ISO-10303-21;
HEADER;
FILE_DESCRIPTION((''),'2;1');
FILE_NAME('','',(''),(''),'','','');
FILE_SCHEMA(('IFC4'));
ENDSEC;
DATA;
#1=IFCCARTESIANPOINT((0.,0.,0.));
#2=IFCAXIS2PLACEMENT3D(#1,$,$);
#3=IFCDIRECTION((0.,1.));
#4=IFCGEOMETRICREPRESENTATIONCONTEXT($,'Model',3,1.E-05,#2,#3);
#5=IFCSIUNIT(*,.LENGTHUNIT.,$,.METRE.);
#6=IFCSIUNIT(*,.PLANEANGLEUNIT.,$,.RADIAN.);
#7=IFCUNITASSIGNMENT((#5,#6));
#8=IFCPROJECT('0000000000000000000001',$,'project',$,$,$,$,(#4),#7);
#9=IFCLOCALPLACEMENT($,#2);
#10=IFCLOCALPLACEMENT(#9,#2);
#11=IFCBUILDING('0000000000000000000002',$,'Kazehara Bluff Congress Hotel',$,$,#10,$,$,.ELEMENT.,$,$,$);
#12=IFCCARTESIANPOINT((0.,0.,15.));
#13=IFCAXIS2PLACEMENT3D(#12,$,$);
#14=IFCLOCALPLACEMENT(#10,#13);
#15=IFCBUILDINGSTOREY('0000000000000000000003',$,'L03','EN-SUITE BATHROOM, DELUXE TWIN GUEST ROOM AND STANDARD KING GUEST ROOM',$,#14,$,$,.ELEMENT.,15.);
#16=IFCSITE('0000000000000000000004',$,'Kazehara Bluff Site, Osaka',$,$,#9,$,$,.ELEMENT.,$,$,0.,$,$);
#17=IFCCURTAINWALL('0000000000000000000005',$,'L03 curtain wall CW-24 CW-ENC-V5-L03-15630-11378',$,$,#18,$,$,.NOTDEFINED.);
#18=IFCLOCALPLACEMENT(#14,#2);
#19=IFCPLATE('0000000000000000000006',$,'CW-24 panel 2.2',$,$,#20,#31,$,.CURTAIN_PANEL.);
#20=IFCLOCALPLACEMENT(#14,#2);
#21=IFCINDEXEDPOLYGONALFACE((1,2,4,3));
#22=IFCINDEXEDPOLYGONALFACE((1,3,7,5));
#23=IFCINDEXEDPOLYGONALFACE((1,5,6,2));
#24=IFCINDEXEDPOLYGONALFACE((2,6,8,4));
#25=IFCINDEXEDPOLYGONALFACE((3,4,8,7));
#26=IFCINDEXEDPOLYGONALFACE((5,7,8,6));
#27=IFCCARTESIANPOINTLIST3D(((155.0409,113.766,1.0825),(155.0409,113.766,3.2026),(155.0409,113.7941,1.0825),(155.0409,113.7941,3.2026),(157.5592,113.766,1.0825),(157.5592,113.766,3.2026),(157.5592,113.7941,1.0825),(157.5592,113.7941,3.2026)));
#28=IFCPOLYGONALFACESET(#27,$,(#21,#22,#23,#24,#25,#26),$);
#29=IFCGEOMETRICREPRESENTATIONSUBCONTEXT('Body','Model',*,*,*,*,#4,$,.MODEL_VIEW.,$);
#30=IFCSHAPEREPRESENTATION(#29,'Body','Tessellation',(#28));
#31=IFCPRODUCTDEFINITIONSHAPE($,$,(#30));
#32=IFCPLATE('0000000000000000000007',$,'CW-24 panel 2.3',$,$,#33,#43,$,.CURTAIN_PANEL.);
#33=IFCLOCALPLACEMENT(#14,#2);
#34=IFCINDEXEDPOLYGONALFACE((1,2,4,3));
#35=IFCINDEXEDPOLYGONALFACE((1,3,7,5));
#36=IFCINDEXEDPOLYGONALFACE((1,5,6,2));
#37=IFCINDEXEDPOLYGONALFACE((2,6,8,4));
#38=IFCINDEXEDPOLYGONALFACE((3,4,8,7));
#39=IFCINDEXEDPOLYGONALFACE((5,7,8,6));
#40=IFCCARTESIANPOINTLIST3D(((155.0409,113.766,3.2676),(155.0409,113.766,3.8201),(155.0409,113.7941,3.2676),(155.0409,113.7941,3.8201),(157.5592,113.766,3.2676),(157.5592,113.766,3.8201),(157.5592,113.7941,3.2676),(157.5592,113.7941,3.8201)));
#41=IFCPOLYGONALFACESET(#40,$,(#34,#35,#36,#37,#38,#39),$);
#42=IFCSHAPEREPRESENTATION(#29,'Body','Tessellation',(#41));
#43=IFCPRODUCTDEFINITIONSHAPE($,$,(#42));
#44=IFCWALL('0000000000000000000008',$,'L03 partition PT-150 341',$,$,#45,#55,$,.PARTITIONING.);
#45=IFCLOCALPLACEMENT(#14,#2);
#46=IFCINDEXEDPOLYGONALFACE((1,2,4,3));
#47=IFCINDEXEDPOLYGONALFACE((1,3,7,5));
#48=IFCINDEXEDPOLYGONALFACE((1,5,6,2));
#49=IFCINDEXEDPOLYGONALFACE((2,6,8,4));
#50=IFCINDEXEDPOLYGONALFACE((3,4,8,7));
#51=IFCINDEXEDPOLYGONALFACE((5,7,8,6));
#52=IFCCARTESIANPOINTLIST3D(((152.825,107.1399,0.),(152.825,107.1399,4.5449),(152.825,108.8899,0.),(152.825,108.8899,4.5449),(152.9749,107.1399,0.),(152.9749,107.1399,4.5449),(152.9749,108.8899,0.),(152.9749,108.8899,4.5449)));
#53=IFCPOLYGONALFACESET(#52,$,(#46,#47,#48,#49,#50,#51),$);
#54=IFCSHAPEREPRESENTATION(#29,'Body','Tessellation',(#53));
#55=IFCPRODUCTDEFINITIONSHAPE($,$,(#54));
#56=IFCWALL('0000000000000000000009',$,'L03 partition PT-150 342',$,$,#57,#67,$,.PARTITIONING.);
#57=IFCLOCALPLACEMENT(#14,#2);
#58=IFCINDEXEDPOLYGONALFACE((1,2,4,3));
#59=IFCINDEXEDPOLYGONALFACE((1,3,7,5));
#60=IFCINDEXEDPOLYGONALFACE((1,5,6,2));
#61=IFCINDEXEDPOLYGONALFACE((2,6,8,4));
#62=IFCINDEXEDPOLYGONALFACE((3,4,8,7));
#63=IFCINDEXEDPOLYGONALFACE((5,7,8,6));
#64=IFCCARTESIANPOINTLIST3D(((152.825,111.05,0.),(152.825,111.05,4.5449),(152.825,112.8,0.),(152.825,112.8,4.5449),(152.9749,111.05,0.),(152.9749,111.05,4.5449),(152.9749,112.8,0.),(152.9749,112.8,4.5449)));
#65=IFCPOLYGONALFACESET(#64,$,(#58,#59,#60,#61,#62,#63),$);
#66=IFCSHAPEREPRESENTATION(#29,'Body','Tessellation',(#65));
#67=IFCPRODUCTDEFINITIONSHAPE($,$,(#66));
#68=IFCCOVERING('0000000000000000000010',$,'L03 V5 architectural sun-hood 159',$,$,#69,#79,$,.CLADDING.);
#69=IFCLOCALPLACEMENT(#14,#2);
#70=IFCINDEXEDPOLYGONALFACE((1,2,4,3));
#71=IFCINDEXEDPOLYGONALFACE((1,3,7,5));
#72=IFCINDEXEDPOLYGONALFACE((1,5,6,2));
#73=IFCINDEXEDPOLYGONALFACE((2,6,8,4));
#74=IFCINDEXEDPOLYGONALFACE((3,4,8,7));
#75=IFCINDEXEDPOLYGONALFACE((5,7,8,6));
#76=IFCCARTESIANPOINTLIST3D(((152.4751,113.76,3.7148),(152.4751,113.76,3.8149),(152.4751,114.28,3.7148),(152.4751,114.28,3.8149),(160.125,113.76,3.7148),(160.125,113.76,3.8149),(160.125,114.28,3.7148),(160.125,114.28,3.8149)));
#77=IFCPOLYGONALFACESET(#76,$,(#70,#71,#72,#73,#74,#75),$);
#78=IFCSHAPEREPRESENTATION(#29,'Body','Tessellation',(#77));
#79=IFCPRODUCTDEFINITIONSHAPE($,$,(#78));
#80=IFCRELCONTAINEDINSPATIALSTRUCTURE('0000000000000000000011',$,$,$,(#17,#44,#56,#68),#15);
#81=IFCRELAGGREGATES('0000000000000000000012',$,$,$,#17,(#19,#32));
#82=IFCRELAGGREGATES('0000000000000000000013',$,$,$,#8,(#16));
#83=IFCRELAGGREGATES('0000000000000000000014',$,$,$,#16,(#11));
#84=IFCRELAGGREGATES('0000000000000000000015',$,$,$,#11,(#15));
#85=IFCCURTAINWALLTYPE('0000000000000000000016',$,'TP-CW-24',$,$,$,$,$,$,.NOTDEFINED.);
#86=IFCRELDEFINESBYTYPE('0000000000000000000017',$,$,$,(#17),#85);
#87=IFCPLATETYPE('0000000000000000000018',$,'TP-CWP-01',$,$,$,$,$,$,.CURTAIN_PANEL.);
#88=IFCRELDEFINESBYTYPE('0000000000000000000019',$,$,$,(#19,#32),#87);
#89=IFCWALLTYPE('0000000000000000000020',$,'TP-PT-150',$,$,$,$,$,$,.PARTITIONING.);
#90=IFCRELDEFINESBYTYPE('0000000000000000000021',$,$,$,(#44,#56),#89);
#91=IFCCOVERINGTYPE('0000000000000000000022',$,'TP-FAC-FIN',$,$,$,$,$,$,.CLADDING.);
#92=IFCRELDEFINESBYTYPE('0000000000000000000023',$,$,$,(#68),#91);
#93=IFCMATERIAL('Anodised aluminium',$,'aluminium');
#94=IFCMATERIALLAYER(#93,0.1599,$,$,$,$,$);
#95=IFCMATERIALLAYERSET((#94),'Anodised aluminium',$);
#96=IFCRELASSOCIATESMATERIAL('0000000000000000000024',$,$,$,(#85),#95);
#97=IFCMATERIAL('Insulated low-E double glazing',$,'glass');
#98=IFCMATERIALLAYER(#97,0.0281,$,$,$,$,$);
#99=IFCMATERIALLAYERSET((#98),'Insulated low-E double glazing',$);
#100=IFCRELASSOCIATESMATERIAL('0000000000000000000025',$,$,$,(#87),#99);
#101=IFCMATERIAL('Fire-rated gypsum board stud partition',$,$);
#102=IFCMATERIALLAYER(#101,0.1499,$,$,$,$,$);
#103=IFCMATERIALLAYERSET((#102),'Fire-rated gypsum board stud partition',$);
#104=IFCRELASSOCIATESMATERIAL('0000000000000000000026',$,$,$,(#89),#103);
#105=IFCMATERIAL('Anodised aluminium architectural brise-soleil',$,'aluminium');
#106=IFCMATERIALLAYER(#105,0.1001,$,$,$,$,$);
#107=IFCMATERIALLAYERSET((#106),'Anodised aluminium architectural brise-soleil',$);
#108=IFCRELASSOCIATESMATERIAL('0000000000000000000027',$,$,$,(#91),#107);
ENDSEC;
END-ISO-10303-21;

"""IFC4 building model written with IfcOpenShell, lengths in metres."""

from ifc_helpers import new_model, si_unit, direction, frame, frame_2d, origin, origin_2d, place, context, subcontext, project, spatial, rectangle, extrude, material, layer, layer_set, type_object, element, aggregate, save


model = new_model("IFC4")

# Units and contexts
model_context = context("Model", 3, precision=1e-05, world=origin(), true_north=direction((0.0, 1.0)))
body_context = subcontext(model_context, "Body", "Model", "MODEL_VIEW")
ifc_project = project(units=[si_unit("LENGTHUNIT", "METRE"), si_unit("PLANEANGLEUNIT", "RADIAN")], contexts=[model_context])

# Site, building, storey
site_placement = place(None, origin())
site = spatial("IfcSite", under=ifc_project, at=site_placement, Name="Kazehara Bluff Site, Osaka", CompositionType="ELEMENT", RefElevation=0.0)
building_placement = place(site_placement, origin())
building = spatial("IfcBuilding", under=site, at=building_placement, Name="Kazehara Bluff Congress Hotel", CompositionType="ELEMENT")
storey_placement = place(building_placement, frame((0.0, 0.0, 15.0)))
storey = spatial("IfcBuildingStorey", under=building, at=storey_placement, Name="L03", Description="EN-SUITE BATHROOM, DELUXE TWIN GUEST ROOM AND STANDARD KING GUEST ROOM", CompositionType="ELEMENT", Elevation=15.0)

# Shared definitions
ifc_material_1 = material(Name="Anodised aluminium", Category="aluminium")
ifc_layer_1 = layer(ifc_material_1, 0.1599)
ifc_layer_set_1 = layer_set([ifc_layer_1], Name="Anodised aluminium")
curtain_wall_type = type_object("IfcCurtainWallType", Name="TP-CW-24", PredefinedType="NOTDEFINED", material=ifc_layer_set_1)

# Curtain wall
curtain_wall_1_placement = place(storey_placement, origin())
curtain_wall_1 = element("IfcCurtainWall", 1, at=curtain_wall_1_placement, inside=storey, type_object=curtain_wall_type, Name="L03 curtain wall CW-24 CW-ENC-V5-L03-15630-11378", PredefinedType="NOTDEFINED")

# Plates
ifc_material_2 = material(Name="Insulated low-E double glazing", Category="glass")
ifc_layer_2 = layer(ifc_material_2, 0.0281)
ifc_layer_set_2 = layer_set([ifc_layer_2], Name="Insulated low-E double glazing")
plate_type = type_object("IfcPlateType", Name="TP-CWP-01", PredefinedType="CURTAIN_PANEL", material=ifc_layer_set_2)
plate_1_placement = place(storey_placement, frame((156.3, 113.78, 1.0825), z_axis=(0.0, 0.0, 1.0), x_axis=(1.0, 0.0, 0.0)))
plate_1 = element("IfcPlate", 2, at=plate_1_placement, type_object=plate_type, Name="CW-24 panel 2.2", PredefinedType="CURTAIN_PANEL", context=body_context, shape_type="SweptSolid", body=[
    extrude(rectangle(XDim=2.5183, YDim=0.0281, at=origin_2d()), origin(), (0.0, 0.0, 1.0), 2.1201),
])
plate_2_placement = place(storey_placement, frame((156.3, 113.78, 3.2676), z_axis=(0.0, 0.0, 1.0), x_axis=(1.0, 0.0, 0.0)))
plate_2 = element("IfcPlate", 3, at=plate_2_placement, type_object=plate_type, Name="CW-24 panel 2.3", PredefinedType="CURTAIN_PANEL", context=body_context, shape_type="SweptSolid", body=[
    extrude(rectangle(XDim=2.5183, YDim=0.0281, at=origin_2d()), origin(), (0.0, 0.0, 1.0), 0.5525),
])
aggregate(curtain_wall_1, [plate_1, plate_2])

# Shared definitions
ifc_material_3 = material(Name="Fire-rated gypsum board stud partition")
ifc_layer_3 = layer(ifc_material_3, 0.1499)
ifc_layer_set_3 = layer_set([ifc_layer_3], Name="Fire-rated gypsum board stud partition")
wall_type = type_object("IfcWallType", Name="TP-PT-150", PredefinedType="PARTITIONING", material=ifc_layer_set_3)

# Walls
for number, where, z_axis, x_axis, name in (
    (4, (152.8999, 107.1399, 0.0), (0.0, 0.0, 1.0), (0.0, 1.0, 0.0), "L03 partition PT-150 341"),
    (5, (152.8999, 111.05, 0.0), (0.0, 0.0, 1.0), (0.0, 1.0, 0.0), "L03 partition PT-150 342"),
):
    element("IfcWall", number, at=place(storey_placement, frame(where, z_axis=z_axis, x_axis=x_axis)), inside=storey, type_object=wall_type, Name=name, PredefinedType="PARTITIONING", context=body_context, shape_type="SweptSolid", body=[
        extrude(rectangle(XDim=1.75, YDim=0.1499, at=frame_2d((0.875, 0.0))), origin(), (0.0, 0.0, 1.0), 4.5449),
    ])

# Covering
ifc_material_4 = material(Name="Anodised aluminium architectural brise-soleil", Category="aluminium")
ifc_layer_4 = layer(ifc_material_4, 0.1001)
ifc_layer_set_4 = layer_set([ifc_layer_4], Name="Anodised aluminium architectural brise-soleil")
covering_type = type_object("IfcCoveringType", Name="TP-FAC-FIN", PredefinedType="CLADDING", material=ifc_layer_set_4)
covering_placement = place(storey_placement, frame((156.3, 114.02, 3.7148), z_axis=(0.0, 0.0, 1.0), x_axis=(1.0, 0.0, 0.0)))
element("IfcCovering", 6, at=covering_placement, inside=storey, type_object=covering_type, Name="L03 V5 architectural sun-hood 159", PredefinedType="CLADDING", context=body_context, shape_type="SweptSolid", body=[
    extrude(rectangle(XDim=7.6499, YDim=0.52, at=origin_2d()), origin(), (0.0, 0.0, 1.0), 0.1001),
])

save(model, "model.ifc")
